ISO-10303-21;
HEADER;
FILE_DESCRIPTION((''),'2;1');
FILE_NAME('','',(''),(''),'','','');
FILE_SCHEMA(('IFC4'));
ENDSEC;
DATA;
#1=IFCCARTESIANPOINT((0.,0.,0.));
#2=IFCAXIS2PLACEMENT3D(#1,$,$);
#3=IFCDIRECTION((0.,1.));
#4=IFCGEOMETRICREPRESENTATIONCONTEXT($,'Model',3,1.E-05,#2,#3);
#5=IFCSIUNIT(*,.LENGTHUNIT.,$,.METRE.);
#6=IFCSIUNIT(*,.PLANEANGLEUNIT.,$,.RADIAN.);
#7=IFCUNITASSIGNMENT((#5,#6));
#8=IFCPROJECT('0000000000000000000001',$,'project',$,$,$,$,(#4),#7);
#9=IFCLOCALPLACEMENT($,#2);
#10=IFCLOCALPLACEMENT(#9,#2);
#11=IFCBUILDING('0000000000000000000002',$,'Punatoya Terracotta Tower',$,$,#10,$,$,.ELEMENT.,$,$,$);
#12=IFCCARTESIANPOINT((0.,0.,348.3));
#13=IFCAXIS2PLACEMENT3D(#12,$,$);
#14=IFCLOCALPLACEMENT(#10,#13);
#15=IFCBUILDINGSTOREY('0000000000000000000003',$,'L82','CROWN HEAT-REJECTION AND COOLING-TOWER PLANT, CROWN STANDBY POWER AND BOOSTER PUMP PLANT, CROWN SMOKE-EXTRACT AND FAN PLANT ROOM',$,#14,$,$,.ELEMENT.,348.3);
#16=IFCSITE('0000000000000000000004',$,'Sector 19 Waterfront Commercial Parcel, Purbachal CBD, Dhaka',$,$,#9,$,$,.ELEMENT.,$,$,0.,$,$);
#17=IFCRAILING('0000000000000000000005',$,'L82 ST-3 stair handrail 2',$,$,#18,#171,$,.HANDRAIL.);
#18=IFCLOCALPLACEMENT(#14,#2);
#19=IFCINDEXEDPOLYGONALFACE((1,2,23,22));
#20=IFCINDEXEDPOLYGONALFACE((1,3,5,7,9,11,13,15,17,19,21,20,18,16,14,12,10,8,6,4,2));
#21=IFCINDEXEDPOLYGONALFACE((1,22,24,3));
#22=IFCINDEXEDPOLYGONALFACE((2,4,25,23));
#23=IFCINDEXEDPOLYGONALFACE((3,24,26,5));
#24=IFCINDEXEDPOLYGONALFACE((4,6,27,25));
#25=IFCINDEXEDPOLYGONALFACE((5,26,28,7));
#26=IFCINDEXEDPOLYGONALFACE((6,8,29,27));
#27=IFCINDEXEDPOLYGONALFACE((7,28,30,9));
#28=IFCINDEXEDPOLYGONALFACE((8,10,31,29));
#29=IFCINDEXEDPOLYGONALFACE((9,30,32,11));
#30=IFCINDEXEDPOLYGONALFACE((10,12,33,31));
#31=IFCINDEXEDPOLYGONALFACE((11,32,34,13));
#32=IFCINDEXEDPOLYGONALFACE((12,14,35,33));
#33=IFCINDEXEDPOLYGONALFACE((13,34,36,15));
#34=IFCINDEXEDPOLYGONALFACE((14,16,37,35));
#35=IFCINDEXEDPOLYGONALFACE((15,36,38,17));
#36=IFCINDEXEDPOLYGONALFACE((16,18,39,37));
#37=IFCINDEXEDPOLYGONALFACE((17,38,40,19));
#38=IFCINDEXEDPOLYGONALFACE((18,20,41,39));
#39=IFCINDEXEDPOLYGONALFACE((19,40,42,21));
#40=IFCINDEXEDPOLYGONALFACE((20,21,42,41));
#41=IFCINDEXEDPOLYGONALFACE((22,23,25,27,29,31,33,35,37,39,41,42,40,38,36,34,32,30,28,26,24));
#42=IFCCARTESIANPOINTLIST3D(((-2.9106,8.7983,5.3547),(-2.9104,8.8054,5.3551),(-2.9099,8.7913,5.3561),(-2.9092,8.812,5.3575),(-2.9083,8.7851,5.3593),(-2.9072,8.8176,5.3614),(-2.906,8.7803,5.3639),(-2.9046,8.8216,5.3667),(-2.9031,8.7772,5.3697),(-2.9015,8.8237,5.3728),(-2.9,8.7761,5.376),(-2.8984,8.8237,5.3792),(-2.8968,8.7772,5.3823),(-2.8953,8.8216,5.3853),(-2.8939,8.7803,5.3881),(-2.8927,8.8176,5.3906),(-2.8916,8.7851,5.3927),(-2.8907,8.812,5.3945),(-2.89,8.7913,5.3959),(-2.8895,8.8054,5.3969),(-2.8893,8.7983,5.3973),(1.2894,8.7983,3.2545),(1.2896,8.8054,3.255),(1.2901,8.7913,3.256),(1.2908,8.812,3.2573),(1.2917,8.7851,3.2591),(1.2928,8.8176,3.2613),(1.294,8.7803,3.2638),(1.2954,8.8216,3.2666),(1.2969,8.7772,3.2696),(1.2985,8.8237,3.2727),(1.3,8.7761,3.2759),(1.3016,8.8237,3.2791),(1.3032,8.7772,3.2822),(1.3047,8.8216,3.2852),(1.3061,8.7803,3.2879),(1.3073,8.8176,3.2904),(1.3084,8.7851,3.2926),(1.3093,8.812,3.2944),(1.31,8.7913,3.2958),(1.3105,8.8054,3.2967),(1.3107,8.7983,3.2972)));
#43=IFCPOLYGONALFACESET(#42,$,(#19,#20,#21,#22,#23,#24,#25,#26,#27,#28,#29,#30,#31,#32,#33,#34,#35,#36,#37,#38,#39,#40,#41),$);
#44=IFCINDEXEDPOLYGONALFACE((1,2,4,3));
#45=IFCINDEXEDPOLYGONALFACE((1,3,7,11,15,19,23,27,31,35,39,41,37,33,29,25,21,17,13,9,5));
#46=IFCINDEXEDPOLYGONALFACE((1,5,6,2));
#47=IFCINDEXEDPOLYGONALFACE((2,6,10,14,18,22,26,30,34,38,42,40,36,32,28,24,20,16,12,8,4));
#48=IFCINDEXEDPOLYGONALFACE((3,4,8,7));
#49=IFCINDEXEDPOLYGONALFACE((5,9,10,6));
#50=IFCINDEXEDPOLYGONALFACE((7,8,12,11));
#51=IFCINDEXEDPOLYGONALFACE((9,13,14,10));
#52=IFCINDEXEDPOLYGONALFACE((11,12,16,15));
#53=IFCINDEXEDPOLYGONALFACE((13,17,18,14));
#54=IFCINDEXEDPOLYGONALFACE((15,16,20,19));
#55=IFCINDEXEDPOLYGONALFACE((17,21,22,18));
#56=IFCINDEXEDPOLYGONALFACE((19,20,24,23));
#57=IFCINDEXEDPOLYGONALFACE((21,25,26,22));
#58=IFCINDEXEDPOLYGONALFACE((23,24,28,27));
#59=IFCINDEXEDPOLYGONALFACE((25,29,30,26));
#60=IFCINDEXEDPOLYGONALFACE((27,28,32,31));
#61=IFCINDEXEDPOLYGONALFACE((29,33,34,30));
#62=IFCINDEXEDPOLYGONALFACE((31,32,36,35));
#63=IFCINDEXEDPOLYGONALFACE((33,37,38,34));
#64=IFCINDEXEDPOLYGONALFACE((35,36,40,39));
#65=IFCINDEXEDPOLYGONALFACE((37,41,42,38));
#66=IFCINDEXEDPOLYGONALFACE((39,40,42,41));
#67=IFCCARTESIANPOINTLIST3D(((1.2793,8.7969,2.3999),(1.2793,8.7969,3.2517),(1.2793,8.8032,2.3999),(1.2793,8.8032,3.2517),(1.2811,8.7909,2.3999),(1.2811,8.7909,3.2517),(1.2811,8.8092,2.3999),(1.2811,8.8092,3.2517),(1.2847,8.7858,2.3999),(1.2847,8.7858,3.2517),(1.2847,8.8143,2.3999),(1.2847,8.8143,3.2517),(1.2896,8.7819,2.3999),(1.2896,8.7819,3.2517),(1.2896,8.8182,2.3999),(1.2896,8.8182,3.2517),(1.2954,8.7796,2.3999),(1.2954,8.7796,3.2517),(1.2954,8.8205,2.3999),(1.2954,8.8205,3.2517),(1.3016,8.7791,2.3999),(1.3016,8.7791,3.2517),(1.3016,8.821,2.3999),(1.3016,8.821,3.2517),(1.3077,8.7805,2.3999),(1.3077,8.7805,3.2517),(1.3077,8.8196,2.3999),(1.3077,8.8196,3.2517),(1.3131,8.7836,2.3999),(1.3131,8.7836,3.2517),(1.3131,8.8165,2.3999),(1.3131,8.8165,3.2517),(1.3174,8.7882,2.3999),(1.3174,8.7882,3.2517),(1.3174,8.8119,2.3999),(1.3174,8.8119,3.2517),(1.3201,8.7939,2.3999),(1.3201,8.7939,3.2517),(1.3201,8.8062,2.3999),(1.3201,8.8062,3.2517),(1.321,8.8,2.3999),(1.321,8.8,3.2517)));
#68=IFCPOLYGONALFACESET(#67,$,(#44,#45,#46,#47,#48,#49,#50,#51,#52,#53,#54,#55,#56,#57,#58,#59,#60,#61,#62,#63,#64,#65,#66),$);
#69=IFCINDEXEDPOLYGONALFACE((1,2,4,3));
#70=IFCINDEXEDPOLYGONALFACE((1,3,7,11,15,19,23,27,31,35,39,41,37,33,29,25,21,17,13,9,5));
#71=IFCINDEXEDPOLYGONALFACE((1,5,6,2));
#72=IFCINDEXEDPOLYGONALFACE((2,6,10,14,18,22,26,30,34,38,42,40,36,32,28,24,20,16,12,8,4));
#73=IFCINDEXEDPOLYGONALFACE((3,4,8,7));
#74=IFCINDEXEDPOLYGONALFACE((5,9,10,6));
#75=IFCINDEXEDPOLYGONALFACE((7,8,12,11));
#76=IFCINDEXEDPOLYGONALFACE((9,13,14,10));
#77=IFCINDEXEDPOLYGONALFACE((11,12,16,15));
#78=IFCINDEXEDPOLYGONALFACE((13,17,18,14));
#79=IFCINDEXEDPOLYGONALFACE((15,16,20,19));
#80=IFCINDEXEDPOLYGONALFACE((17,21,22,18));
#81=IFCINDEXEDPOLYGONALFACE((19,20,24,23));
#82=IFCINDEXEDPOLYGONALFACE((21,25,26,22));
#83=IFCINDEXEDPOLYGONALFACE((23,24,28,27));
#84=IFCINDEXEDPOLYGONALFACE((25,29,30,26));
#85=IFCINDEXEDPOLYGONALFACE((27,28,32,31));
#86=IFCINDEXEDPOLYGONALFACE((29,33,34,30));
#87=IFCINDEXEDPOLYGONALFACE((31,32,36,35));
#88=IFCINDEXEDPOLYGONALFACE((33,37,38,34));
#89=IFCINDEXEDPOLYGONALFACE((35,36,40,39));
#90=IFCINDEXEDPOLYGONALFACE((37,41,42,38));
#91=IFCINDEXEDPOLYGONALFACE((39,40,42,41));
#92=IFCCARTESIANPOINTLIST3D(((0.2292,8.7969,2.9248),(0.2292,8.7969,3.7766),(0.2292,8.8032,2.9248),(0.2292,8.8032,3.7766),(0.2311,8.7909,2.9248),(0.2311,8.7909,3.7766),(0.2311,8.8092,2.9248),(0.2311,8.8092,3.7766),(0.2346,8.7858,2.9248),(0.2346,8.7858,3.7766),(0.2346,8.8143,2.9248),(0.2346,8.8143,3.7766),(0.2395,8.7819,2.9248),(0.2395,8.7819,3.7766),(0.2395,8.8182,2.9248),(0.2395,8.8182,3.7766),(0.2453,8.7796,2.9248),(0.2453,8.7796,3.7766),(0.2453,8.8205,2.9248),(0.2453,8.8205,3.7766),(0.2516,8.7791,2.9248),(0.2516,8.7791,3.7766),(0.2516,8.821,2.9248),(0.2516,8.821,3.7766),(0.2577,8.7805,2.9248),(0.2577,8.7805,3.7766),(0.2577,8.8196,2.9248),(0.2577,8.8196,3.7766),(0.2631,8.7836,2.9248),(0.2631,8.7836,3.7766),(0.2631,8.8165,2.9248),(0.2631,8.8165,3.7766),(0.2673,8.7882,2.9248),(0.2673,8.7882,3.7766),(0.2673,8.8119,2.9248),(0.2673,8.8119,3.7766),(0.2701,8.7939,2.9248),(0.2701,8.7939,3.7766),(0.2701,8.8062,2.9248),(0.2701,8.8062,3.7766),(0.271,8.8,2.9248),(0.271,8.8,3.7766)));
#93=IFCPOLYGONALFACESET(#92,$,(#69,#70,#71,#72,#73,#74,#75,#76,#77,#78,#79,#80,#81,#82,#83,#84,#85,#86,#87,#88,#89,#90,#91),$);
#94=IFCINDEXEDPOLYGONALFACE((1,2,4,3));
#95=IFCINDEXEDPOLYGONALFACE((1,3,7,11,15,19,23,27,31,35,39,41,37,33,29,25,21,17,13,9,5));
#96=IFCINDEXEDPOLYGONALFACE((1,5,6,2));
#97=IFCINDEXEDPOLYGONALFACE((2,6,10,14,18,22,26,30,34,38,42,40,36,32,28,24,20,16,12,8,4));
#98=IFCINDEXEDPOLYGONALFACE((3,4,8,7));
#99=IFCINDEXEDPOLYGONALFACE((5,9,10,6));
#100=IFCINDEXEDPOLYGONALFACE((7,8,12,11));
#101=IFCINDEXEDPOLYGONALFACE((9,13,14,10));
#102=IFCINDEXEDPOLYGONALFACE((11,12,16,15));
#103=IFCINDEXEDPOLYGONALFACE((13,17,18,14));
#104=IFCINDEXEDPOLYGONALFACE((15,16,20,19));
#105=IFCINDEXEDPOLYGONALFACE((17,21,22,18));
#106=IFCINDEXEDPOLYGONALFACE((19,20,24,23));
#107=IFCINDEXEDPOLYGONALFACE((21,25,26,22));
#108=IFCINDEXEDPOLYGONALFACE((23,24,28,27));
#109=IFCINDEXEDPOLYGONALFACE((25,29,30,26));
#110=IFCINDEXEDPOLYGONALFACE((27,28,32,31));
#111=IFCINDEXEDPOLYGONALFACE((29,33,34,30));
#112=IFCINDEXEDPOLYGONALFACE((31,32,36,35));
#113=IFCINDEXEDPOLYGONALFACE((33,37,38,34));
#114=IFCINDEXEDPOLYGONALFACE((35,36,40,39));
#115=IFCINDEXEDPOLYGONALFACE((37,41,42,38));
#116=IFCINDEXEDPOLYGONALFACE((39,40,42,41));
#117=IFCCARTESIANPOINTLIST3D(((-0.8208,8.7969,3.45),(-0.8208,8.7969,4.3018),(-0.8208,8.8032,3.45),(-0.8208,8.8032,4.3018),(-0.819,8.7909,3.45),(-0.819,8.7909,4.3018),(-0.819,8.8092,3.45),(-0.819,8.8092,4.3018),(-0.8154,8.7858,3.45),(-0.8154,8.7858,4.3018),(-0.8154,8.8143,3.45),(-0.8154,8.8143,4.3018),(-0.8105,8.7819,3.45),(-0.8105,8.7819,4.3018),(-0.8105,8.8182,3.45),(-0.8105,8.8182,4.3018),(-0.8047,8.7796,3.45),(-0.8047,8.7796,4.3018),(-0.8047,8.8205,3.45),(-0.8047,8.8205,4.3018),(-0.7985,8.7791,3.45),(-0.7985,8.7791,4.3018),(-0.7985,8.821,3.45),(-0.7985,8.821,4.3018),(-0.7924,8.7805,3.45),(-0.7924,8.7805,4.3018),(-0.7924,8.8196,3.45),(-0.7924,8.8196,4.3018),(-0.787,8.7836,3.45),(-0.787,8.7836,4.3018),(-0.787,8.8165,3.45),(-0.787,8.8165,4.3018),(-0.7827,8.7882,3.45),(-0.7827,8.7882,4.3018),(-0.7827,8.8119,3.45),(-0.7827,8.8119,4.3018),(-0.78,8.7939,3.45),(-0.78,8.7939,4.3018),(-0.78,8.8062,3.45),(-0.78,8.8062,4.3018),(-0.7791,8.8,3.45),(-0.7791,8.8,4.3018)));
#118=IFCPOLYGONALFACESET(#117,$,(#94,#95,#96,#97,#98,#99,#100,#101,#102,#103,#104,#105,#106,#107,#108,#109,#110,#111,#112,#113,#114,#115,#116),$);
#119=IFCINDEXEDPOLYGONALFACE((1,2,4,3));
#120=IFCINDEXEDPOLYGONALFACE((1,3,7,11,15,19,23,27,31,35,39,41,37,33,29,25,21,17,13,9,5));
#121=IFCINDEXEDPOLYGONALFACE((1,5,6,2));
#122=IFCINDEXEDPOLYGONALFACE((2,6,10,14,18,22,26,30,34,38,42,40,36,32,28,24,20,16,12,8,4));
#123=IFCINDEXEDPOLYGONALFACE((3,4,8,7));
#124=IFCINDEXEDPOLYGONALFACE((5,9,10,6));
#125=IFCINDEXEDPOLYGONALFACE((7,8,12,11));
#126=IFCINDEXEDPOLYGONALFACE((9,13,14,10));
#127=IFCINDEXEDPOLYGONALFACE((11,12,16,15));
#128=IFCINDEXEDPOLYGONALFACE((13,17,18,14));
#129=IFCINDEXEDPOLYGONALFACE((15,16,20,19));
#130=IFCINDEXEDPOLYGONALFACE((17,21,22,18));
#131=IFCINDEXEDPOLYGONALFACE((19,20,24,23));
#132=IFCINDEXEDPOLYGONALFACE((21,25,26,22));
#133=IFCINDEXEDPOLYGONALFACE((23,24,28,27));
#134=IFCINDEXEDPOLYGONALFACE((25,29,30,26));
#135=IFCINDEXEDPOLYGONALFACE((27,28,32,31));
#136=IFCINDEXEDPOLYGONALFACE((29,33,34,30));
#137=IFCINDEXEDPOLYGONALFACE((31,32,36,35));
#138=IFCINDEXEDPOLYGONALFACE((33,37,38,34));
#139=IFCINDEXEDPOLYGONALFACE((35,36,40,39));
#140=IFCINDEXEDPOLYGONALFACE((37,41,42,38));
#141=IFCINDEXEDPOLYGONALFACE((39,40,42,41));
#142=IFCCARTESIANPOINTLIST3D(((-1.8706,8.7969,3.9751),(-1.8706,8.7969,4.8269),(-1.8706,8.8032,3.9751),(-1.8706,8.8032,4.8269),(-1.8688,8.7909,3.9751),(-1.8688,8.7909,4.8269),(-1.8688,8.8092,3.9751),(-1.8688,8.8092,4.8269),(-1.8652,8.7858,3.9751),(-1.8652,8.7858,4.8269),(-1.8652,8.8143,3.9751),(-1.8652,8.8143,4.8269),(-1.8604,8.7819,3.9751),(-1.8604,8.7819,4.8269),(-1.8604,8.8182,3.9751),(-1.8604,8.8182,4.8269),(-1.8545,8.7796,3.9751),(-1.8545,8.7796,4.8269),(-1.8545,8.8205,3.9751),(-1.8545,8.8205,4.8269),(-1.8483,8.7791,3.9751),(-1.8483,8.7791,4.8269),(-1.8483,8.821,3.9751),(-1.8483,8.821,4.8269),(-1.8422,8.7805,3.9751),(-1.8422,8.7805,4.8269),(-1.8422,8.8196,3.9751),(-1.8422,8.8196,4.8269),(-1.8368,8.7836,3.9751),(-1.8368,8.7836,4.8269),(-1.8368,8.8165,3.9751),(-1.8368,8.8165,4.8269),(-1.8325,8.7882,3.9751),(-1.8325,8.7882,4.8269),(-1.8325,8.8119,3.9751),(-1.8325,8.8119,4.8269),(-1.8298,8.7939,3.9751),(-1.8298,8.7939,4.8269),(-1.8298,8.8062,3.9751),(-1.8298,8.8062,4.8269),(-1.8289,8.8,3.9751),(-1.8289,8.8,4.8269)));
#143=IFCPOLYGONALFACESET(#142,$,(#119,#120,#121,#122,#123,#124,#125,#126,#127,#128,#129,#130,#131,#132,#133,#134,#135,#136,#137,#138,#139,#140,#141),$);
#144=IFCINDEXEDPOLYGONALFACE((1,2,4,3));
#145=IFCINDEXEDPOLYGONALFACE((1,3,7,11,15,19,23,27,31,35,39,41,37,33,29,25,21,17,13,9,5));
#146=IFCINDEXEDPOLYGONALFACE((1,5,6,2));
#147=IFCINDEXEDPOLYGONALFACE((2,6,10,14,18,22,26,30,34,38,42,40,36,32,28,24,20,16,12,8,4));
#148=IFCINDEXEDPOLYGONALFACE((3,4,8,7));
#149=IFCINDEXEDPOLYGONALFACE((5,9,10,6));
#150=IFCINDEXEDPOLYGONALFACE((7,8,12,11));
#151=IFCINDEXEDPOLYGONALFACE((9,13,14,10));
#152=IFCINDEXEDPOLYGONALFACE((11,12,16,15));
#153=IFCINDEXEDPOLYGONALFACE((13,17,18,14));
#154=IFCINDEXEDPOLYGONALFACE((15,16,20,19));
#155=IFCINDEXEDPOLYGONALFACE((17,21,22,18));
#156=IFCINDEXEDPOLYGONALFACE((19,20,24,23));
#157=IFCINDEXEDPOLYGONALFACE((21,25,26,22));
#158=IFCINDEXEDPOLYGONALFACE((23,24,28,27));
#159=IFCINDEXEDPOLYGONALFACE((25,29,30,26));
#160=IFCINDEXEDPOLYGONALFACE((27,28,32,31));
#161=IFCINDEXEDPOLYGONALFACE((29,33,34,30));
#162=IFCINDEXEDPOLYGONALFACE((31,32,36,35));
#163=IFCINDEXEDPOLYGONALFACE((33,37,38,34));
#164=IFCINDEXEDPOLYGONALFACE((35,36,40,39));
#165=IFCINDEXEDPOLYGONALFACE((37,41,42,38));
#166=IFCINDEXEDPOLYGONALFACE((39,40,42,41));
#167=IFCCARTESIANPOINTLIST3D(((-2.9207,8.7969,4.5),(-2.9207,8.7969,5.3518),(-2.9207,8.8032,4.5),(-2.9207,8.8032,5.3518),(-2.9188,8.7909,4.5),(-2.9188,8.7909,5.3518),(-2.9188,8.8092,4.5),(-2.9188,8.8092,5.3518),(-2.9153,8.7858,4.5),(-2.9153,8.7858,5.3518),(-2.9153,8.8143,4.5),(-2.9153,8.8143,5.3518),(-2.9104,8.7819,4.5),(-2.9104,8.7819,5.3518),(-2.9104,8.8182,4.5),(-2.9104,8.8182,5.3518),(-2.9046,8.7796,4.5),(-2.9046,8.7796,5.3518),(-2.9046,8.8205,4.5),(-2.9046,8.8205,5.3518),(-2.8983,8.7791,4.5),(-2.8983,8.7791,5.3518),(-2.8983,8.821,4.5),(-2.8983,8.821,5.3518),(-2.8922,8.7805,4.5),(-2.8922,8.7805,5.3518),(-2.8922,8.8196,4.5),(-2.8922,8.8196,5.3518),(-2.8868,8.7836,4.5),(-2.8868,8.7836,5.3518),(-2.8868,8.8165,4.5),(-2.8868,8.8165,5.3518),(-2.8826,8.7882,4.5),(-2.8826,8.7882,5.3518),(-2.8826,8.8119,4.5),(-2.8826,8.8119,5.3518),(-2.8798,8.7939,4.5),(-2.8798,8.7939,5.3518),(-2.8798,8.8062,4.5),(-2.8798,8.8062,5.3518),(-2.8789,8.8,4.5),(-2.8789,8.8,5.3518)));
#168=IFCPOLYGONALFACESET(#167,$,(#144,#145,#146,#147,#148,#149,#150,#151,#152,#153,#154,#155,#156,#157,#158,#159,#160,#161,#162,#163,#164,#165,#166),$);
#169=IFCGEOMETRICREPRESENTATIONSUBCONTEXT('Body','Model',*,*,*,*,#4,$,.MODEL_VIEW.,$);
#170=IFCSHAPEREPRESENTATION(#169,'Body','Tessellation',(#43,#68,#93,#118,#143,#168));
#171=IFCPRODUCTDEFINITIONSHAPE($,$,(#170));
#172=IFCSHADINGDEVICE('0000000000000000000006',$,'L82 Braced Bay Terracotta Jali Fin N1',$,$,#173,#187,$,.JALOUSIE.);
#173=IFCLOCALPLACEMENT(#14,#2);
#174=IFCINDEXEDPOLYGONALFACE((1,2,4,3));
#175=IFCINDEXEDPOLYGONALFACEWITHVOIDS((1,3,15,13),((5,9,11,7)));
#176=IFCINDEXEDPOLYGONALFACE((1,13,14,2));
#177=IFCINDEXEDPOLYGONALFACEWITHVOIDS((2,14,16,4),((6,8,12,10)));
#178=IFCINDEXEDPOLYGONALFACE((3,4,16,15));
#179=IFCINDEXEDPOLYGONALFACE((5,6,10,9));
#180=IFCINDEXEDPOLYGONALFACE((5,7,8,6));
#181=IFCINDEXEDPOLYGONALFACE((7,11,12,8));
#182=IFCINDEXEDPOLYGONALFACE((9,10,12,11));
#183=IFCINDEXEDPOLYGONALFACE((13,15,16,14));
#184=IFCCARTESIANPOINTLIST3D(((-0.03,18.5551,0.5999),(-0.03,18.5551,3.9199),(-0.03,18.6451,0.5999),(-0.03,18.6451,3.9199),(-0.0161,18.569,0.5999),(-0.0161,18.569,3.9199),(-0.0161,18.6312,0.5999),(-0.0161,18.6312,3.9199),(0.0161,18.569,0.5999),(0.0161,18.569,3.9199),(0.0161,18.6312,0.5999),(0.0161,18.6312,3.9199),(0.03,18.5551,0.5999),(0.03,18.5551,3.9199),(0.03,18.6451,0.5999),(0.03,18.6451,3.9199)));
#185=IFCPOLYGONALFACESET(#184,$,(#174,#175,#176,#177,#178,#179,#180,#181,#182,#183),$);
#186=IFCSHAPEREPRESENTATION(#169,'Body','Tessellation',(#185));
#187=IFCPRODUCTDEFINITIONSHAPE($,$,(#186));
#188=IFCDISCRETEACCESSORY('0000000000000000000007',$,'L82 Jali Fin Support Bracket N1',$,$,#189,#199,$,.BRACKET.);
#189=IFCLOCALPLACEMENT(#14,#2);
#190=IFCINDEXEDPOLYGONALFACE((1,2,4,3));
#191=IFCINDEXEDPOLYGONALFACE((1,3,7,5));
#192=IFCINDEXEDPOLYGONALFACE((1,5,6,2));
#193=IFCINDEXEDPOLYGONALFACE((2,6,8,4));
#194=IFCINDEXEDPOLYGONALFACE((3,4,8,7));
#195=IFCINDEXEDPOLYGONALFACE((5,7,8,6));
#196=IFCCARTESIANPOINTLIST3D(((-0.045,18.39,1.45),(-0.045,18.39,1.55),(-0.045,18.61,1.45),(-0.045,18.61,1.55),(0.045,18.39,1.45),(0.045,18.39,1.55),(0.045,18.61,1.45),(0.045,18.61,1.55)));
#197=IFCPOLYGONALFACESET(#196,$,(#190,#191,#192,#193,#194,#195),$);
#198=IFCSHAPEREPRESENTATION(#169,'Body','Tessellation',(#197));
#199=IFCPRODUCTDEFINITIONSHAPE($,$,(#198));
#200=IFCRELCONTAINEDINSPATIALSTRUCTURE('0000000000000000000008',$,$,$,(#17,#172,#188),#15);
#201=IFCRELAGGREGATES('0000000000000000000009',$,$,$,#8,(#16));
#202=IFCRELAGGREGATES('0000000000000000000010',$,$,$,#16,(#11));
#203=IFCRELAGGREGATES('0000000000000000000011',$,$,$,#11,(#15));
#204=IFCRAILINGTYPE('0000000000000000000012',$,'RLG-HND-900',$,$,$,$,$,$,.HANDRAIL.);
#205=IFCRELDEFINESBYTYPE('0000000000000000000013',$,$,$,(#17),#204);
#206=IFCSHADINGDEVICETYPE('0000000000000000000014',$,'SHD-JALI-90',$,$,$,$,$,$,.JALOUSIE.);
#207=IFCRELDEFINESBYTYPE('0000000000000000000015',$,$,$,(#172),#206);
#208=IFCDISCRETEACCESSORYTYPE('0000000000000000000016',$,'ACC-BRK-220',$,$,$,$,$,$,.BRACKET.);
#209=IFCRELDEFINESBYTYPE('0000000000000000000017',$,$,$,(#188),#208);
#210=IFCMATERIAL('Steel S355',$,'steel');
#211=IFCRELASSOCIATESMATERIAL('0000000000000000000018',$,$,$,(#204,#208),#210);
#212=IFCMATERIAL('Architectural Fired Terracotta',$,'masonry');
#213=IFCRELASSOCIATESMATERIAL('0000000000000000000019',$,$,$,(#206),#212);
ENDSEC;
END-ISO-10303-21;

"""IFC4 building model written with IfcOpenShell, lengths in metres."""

from ifc_helpers import new_model, si_unit, direction, frame, origin, origin_2d, place, context, subcontext, project, spatial, rectangle, hollow_rectangle, circle, extrude, material, material_profile, profile_set, type_object, element, save


model = new_model("IFC4")

# Units and contexts
model_context = context("Model", 3, precision=1e-05, world=origin(), true_north=direction((0.0, 1.0)))
body_context = subcontext(model_context, "Body", "Model", "MODEL_VIEW")
ifc_project = project(units=[si_unit("LENGTHUNIT", "METRE"), si_unit("PLANEANGLEUNIT", "RADIAN")], contexts=[model_context])

# Site, building, storey
site_placement = place(None, origin())
site = spatial("IfcSite", under=ifc_project, at=site_placement, Name="Sector 19 Waterfront Commercial Parcel, Purbachal CBD, Dhaka", CompositionType="ELEMENT", RefElevation=0.0)
building_placement = place(site_placement, origin())
building = spatial("IfcBuilding", under=site, at=building_placement, Name="Punatoya Terracotta Tower", CompositionType="ELEMENT")
storey_placement = place(building_placement, frame((0.0, 0.0, 348.3)))
storey = spatial("IfcBuildingStorey", under=building, at=storey_placement, Name="L82", Description="CROWN HEAT-REJECTION AND COOLING-TOWER PLANT, CROWN STANDBY POWER AND BOOSTER PUMP PLANT, CROWN SMOKE-EXTRACT AND FAN PLANT ROOM", CompositionType="ELEMENT", Elevation=348.3)

# Railing
ifc_material_1 = material(Name="Steel S355", Category="steel")
railing_type = type_object("IfcRailingType", Name="RLG-HND-900", PredefinedType="HANDRAIL", material=ifc_material_1)
railing_placement = place(storey_placement, frame((1.3, 8.8, 2.3999)))
element("IfcRailing", 1, at=railing_placement, inside=storey, type_object=railing_type, Name="L82 ST-3 stair handrail 2", PredefinedType="HANDRAIL", context=body_context, shape_type="SweptSolid", body=[
    extrude(circle(Radius=0.0239, at=origin_2d()), frame((0.0, 0.0, 0.876), z_axis=(-0.894417, 0.0, 0.447234), x_axis=(0.0, -1.0, 0.0)), (0.0, 0.0, 1.0), 4.6958),
    extrude(circle(Radius=0.021, at=origin_2d()), origin(), (0.0, 0.0, 1.0), 0.8518),
    extrude(circle(Radius=0.021, at=origin_2d()), frame((-1.05, 0.0, 0.5249)), (0.0, 0.0, 1.0), 0.8518),
    extrude(circle(Radius=0.021, at=origin_2d()), frame((-2.1001, 0.0, 1.05)), (0.0, 0.0, 1.0), 0.8518),
    extrude(circle(Radius=0.021, at=origin_2d()), frame((-3.1499, 0.0, 1.5752)), (0.0, 0.0, 1.0), 0.8518),
    extrude(circle(Radius=0.021, at=origin_2d()), frame((-4.2, 0.0, 2.1001)), (0.0, 0.0, 1.0), 0.8518),
])

# Shading device
ifc_material_2 = material(Name="Architectural Fired Terracotta", Category="masonry")
ifc_material_profile_1 = material_profile(ifc_material_2, hollow_rectangle(XDim=0.0601, YDim=0.0901, WallThickness=0.0139, at=origin_2d()))
ifc_profile_set_1 = profile_set([ifc_material_profile_1], Name="Architectural Fired Terracotta")
shading_device_type = type_object("IfcShadingDeviceType", Name="SHD-JALI-90", PredefinedType="JALOUSIE", material=ifc_profile_set_1)
shading_device_placement = place(storey_placement, frame((0.0, 18.6001, 0.5999), z_axis=(0.0, 0.0, 1.0), x_axis=(1.0, 0.0, 0.0)))
element("IfcShadingDevice", 2, at=shading_device_placement, inside=storey, type_object=shading_device_type, Name="L82 Braced Bay Terracotta Jali Fin N1", PredefinedType="JALOUSIE", context=body_context, shape_type="SweptSolid", body=[
    extrude(hollow_rectangle(XDim=0.0601, YDim=0.0901, WallThickness=0.0139, at=origin_2d()), origin(), (0.0, 0.0, 1.0), 3.3201),
])

# Discrete accessory
discrete_accessory_type = type_object("IfcDiscreteAccessoryType", Name="ACC-BRK-220", PredefinedType="BRACKET", material=ifc_material_1)
discrete_accessory_placement = place(storey_placement, frame((0.0, 18.5, 1.45), z_axis=(0.0, 0.0, 1.0), x_axis=(-1.0, 0.0, 0.0)))
element("IfcDiscreteAccessory", 3, at=discrete_accessory_placement, inside=storey, type_object=discrete_accessory_type, Name="L82 Jali Fin Support Bracket N1", PredefinedType="BRACKET", context=body_context, shape_type="SweptSolid", body=[
    extrude(rectangle(XDim=0.0901, YDim=0.22, at=origin_2d()), origin(), (0.0, 0.0, 1.0), 0.1001),
])

save(model, "model.ifc")
